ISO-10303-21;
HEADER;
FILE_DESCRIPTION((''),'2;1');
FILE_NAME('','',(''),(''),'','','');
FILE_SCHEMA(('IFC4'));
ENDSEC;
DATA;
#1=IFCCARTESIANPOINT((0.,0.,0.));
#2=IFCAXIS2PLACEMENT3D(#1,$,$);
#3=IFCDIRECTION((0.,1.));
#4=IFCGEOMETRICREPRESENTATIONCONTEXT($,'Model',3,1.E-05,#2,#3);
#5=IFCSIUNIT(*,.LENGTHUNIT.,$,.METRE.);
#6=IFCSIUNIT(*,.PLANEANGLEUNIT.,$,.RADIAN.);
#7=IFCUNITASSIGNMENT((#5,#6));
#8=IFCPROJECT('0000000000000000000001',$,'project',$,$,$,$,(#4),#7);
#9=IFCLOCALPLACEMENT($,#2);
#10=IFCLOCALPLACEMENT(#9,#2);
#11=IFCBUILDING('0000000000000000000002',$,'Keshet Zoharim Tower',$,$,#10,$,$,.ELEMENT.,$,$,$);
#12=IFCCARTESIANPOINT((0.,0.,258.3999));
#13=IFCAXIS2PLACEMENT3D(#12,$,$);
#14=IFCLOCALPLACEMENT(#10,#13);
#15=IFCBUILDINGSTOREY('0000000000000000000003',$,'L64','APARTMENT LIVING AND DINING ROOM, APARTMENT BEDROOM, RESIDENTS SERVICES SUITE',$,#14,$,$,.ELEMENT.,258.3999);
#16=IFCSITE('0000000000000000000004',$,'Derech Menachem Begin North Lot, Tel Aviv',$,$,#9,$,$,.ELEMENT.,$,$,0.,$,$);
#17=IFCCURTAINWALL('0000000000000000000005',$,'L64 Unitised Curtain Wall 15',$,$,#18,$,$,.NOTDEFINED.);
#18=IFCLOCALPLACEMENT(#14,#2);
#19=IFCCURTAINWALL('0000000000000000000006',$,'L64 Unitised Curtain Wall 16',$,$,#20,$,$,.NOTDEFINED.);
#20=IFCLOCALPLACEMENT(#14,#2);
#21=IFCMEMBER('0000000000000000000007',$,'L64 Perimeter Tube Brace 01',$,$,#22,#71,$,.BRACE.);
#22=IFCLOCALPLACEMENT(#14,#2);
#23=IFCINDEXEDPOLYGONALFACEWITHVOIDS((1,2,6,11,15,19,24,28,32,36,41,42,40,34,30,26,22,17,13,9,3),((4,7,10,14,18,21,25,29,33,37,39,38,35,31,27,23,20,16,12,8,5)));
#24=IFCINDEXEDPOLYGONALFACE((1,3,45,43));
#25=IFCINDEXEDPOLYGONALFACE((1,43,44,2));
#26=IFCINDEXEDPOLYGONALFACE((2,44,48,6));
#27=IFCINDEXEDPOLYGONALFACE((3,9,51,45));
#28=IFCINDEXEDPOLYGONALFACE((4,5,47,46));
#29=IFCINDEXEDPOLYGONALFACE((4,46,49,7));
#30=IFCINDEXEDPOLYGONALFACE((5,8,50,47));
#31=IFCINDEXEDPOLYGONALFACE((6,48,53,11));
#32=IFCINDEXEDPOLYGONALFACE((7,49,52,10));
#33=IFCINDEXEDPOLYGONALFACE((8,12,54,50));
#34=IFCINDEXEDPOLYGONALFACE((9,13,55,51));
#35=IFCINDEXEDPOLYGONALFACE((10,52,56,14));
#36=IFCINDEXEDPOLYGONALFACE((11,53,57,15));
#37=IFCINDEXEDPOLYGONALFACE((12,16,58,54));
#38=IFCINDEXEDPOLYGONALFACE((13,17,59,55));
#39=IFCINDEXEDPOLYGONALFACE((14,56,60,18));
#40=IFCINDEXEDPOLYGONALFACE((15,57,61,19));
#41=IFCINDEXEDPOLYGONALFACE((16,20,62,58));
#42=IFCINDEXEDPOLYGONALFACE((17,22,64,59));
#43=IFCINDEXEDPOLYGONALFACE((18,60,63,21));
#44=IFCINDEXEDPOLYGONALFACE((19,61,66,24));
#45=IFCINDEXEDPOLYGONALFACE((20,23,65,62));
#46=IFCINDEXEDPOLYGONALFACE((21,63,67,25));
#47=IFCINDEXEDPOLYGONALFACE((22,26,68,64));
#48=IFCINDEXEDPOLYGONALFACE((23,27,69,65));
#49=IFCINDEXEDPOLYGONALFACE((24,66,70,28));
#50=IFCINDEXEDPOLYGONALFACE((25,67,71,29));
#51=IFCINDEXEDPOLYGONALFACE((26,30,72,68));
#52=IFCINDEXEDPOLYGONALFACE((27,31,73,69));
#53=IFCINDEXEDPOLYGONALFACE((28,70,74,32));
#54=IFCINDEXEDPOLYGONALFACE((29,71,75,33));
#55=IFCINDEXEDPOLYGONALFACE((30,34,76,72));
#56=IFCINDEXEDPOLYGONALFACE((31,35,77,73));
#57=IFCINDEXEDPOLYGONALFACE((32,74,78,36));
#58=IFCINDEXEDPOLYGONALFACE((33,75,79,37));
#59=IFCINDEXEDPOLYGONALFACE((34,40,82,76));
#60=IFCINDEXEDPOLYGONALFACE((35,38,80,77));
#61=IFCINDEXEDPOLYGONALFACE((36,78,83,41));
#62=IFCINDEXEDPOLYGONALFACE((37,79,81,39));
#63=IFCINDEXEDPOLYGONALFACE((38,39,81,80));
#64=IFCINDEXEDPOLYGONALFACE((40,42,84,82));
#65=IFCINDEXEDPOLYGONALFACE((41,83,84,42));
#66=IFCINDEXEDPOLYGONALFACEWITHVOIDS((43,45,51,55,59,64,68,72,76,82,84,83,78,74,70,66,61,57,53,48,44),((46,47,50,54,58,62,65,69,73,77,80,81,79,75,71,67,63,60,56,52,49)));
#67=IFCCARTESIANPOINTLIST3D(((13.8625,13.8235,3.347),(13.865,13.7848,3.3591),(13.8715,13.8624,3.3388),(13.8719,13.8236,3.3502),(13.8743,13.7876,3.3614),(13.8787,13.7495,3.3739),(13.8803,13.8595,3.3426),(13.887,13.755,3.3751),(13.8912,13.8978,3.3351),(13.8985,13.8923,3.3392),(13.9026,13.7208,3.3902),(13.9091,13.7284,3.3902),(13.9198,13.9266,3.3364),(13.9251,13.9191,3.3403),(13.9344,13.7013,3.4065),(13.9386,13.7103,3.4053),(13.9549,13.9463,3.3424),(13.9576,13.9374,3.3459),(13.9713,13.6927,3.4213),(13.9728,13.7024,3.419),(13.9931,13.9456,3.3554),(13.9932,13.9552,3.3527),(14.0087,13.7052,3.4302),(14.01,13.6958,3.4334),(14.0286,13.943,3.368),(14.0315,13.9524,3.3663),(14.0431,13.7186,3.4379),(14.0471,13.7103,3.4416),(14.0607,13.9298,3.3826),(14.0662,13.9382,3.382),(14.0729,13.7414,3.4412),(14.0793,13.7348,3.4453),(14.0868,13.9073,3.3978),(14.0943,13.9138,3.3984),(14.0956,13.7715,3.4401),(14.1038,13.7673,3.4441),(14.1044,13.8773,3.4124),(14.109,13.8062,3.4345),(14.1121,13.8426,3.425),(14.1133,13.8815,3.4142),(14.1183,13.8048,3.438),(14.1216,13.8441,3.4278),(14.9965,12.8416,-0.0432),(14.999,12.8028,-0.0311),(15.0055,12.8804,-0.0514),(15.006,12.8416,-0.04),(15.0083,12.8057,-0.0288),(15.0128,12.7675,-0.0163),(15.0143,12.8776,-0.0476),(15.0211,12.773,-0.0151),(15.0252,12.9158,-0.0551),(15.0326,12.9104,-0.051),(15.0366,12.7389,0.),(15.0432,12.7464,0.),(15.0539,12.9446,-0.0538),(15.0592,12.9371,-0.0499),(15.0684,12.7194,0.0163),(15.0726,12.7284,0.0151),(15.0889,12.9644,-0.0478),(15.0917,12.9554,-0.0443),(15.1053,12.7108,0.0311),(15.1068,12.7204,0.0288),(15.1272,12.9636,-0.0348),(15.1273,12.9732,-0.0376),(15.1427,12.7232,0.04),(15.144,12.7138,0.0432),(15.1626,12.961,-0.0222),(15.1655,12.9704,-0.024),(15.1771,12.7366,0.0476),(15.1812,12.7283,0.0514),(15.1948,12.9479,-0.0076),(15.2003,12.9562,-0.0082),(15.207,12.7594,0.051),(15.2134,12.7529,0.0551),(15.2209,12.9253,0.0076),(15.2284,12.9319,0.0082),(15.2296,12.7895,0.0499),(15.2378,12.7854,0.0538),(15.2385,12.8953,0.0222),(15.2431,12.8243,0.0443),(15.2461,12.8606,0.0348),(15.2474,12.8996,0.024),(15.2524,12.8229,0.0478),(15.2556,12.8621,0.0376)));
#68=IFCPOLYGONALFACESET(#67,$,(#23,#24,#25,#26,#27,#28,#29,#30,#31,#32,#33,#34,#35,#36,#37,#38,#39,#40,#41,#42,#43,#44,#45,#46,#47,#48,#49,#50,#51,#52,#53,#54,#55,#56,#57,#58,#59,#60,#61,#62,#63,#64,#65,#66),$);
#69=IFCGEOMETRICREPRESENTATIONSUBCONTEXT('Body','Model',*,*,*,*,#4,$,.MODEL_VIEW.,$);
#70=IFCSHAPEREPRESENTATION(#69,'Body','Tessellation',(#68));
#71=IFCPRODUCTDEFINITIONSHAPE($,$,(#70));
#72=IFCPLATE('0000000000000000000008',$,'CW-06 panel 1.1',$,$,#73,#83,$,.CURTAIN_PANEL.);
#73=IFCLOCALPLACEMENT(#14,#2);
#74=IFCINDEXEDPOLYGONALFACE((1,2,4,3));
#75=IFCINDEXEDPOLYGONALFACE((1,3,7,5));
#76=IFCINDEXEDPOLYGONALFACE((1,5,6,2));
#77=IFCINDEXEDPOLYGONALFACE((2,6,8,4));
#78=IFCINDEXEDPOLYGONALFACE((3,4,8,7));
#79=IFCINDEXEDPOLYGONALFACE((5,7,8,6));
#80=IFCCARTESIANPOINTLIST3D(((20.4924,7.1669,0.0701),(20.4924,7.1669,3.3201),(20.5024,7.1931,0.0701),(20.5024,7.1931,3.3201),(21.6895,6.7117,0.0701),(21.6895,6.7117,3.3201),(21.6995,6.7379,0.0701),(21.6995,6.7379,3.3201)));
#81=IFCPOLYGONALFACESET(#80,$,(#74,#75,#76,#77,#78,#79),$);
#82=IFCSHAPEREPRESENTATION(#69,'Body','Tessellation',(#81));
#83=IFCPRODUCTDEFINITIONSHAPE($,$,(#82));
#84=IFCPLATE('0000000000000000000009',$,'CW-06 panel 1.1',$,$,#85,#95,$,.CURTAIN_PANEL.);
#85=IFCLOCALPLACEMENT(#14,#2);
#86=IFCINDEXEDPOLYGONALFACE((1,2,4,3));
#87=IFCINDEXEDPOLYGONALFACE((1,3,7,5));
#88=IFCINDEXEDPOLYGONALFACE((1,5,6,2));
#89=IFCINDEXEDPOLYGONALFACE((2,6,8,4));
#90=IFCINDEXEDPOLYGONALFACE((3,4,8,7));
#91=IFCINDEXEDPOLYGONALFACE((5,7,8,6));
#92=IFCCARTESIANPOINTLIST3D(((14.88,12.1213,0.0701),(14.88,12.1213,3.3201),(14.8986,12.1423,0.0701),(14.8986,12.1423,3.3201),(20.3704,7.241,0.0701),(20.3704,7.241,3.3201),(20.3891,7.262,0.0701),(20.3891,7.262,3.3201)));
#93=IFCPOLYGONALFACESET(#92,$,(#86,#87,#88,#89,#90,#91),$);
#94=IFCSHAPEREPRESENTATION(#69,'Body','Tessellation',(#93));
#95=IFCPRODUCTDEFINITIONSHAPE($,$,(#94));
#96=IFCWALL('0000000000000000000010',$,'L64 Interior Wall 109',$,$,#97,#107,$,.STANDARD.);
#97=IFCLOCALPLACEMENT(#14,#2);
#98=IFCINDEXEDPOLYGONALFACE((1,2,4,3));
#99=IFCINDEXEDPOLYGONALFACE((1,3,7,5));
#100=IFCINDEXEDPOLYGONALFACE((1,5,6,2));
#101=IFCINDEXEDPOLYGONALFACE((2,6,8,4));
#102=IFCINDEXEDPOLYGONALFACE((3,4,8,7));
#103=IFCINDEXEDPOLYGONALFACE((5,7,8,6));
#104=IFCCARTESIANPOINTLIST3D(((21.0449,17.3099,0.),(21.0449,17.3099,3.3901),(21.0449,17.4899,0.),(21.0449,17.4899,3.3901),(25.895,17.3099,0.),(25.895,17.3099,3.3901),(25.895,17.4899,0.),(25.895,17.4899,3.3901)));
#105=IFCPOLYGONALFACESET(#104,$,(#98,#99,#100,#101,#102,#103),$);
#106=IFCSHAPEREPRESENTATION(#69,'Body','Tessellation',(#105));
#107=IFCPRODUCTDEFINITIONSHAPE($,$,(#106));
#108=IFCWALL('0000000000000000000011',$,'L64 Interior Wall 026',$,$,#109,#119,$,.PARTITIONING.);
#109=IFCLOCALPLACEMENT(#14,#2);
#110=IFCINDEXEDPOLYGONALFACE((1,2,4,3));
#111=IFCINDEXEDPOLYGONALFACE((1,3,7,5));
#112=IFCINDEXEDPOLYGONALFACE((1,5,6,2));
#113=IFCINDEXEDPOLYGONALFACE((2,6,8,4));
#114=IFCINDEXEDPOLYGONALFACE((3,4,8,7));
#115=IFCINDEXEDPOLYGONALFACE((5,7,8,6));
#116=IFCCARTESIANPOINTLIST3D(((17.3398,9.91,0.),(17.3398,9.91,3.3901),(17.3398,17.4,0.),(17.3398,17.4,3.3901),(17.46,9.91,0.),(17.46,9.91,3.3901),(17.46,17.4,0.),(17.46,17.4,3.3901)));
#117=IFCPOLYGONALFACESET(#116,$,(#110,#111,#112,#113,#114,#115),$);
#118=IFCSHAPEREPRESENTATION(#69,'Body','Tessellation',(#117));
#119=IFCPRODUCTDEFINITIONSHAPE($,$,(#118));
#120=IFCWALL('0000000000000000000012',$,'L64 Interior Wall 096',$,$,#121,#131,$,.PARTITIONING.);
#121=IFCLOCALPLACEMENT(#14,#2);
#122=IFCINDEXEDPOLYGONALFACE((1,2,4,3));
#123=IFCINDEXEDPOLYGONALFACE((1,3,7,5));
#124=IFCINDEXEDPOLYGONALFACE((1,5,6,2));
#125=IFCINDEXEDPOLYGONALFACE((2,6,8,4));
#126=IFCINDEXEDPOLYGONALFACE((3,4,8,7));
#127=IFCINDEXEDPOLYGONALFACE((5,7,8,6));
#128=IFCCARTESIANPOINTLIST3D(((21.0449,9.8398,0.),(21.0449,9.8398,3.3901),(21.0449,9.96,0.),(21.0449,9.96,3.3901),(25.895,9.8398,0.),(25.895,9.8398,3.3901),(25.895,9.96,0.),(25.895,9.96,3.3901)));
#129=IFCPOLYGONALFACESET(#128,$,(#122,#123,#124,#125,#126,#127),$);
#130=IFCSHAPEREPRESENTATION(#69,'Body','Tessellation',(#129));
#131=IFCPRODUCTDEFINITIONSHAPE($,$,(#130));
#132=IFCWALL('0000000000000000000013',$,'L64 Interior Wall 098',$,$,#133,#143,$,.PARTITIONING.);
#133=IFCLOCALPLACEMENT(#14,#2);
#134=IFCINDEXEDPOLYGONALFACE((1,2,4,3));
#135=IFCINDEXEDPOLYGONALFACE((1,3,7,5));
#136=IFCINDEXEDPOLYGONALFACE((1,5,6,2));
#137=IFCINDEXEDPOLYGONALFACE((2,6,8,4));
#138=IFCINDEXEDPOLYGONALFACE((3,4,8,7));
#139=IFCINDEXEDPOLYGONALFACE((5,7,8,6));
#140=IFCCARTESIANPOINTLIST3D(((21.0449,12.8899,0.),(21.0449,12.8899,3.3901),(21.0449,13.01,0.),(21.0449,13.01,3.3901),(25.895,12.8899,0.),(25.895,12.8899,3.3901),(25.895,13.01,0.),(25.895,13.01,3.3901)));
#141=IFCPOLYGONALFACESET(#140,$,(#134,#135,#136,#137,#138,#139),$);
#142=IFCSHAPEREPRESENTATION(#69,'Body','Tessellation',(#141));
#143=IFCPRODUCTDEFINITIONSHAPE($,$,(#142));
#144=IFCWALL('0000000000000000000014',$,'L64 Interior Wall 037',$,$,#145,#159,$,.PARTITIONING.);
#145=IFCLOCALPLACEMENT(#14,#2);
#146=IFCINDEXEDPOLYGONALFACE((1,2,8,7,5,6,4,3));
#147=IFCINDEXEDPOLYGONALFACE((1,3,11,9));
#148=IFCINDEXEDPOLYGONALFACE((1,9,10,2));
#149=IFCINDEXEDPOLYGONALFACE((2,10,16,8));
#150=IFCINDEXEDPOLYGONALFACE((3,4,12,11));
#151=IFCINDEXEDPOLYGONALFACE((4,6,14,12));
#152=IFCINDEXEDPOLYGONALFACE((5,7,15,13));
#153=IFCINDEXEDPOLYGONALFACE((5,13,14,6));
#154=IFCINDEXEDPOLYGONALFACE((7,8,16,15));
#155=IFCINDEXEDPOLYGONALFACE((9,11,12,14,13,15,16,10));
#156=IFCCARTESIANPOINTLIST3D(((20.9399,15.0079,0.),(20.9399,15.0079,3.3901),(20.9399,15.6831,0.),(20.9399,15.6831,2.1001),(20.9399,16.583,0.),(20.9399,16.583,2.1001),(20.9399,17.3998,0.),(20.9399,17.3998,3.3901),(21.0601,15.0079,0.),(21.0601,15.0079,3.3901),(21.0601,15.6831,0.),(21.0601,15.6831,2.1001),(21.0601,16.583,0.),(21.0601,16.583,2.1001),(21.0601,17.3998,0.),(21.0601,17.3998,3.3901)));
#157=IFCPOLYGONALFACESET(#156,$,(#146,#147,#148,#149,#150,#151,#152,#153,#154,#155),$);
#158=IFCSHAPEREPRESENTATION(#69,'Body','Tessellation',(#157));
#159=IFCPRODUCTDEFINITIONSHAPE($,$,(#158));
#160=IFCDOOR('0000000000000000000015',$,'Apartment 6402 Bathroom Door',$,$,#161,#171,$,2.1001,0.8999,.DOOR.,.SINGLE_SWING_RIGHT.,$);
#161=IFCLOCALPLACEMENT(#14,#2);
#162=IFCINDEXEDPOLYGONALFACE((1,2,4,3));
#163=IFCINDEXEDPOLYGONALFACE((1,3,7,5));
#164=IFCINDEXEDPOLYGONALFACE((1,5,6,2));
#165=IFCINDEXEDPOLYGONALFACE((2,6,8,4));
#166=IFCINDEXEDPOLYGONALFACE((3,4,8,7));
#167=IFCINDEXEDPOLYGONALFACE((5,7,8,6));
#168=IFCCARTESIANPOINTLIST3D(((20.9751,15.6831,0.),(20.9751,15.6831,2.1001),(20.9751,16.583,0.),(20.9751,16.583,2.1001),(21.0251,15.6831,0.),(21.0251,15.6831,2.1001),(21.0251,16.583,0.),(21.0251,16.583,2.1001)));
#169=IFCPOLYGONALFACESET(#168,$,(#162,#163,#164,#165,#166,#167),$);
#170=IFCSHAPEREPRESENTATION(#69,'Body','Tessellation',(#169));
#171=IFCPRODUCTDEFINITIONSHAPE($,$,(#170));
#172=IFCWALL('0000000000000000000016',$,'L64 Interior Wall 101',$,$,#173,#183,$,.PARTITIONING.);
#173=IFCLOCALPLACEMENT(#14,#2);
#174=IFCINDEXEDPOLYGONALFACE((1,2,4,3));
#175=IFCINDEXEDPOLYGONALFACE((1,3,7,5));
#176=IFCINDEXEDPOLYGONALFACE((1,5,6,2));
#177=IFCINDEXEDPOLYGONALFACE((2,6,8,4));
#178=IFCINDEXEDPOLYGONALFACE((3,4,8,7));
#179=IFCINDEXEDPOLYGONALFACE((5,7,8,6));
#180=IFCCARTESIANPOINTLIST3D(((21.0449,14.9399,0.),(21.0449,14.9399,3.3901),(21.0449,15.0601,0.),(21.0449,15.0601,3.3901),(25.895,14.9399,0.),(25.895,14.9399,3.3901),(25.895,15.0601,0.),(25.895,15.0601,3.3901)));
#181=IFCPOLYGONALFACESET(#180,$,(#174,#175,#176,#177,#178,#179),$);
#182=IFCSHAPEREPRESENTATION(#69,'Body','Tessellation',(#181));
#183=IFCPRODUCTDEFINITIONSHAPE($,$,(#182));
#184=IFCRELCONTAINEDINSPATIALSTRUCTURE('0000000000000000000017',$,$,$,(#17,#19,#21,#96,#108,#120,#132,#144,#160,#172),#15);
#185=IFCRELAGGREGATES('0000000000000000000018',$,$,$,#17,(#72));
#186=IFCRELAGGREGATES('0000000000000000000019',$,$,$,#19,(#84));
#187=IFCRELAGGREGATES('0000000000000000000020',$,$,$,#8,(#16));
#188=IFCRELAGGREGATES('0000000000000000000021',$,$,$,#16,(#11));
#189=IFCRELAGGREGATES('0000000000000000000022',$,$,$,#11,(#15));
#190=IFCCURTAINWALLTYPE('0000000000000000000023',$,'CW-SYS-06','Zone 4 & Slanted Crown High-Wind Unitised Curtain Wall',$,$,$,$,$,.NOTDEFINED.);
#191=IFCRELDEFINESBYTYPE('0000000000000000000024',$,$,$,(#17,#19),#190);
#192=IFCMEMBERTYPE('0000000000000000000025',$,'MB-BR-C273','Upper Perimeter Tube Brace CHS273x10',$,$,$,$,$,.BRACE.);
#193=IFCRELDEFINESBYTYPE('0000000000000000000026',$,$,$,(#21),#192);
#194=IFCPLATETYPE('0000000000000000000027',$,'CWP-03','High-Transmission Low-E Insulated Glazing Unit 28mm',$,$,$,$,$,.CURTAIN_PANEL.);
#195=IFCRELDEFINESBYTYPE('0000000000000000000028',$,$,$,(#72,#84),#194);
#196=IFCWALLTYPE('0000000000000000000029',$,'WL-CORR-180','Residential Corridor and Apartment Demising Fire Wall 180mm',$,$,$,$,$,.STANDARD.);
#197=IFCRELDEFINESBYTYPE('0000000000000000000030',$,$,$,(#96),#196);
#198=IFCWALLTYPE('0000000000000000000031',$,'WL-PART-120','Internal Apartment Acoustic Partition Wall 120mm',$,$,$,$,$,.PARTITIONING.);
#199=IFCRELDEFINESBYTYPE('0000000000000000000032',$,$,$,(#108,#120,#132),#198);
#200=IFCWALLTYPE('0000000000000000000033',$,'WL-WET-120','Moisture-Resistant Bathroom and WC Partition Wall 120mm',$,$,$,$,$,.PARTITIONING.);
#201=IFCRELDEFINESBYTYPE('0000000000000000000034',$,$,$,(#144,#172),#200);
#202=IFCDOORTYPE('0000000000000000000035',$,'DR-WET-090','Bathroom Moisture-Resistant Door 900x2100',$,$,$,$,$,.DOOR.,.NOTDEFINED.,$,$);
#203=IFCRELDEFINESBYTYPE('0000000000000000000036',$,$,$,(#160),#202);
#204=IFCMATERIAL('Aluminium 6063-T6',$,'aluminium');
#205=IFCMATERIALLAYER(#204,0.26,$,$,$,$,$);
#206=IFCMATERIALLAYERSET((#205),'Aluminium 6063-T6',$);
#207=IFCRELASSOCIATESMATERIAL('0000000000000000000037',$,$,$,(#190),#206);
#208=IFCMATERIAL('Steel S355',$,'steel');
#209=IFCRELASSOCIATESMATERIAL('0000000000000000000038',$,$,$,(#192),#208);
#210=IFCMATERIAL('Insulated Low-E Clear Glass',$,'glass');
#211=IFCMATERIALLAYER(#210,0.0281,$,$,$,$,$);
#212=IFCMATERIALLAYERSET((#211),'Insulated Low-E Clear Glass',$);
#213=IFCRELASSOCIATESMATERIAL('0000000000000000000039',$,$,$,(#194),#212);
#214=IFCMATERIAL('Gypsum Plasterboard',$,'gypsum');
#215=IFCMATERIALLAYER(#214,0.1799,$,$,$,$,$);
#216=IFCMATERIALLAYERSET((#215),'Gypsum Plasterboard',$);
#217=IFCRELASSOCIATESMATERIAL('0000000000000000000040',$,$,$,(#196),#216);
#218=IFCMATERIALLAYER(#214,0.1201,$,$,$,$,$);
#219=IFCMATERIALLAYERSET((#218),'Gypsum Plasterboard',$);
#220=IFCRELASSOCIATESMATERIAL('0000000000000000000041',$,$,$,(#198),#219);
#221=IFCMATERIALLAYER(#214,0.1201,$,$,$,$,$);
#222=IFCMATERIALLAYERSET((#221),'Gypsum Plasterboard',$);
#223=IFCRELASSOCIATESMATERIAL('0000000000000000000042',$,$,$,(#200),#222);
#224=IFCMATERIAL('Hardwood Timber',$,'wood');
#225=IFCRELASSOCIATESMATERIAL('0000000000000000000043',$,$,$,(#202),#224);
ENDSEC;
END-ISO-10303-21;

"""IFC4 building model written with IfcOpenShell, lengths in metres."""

from ifc_helpers import new_model, si_unit, direction, frame, frame_2d, origin, origin_2d, place, context, subcontext, project, spatial, rectangle, hollow_circle, extrude, material, layer, layer_set, material_profile, profile_set, type_object, element, fill, aggregate, save


model = new_model("IFC4")

# Units and contexts
model_context = context("Model", 3, precision=1e-05, world=origin(), true_north=direction((0.0, 1.0)))
body_context = subcontext(model_context, "Body", "Model", "MODEL_VIEW")
ifc_project = project(units=[si_unit("LENGTHUNIT", "METRE"), si_unit("PLANEANGLEUNIT", "RADIAN")], contexts=[model_context])

# Site, building, storey
site_placement = place(None, origin())
site = spatial("IfcSite", under=ifc_project, at=site_placement, Name="Derech Menachem Begin North Lot, Tel Aviv", CompositionType="ELEMENT", RefElevation=0.0)
building_placement = place(site_placement, origin())
building = spatial("IfcBuilding", under=site, at=building_placement, Name="Keshet Zoharim Tower", CompositionType="ELEMENT")
storey_placement = place(building_placement, frame((0.0, 0.0, 258.3999)))
storey = spatial("IfcBuildingStorey", under=building, at=storey_placement, Name="L64", Description="APARTMENT LIVING AND DINING ROOM, APARTMENT BEDROOM, RESIDENTS SERVICES SUITE", CompositionType="ELEMENT", Elevation=258.3999)

# Shared definitions
ifc_material_1 = material(Name="Steel S355", Category="steel")

# Shared definitions
ifc_material_2 = material(Name="Aluminium 6063-T6", Category="aluminium")
ifc_layer_1 = layer(ifc_material_2, 0.26)
ifc_layer_set_1 = layer_set([ifc_layer_1], Name="Aluminium 6063-T6")
curtain_wall_type = type_object("IfcCurtainWallType", Name="CW-SYS-06", Description="Zone 4 & Slanted Crown High-Wind Unitised Curtain Wall", PredefinedType="NOTDEFINED", material=ifc_layer_set_1)

# Curtain wall
curtain_wall_1_placement = place(storey_placement, origin())
curtain_wall_1 = element("IfcCurtainWall", 1, at=curtain_wall_1_placement, inside=storey, type_object=curtain_wall_type, Name="L64 Unitised Curtain Wall 15", PredefinedType="NOTDEFINED")

# Curtain wall
curtain_wall_2_placement = place(storey_placement, origin())
curtain_wall_2 = element("IfcCurtainWall", 2, at=curtain_wall_2_placement, inside=storey, type_object=curtain_wall_type, Name="L64 Unitised Curtain Wall 16", PredefinedType="NOTDEFINED")

# Member
ifc_material_profile_1 = material_profile(ifc_material_1, hollow_circle(Radius=0.1365, WallThickness=0.01, at=origin_2d()), Name="CHS273x10")
ifc_profile_set_1 = profile_set([ifc_material_profile_1], Name="Steel S355")
member_type_1 = type_object("IfcMemberType", Name="MB-BR-C273", Description="Upper Perimeter Tube Brace CHS273x10", PredefinedType="BRACE", material=ifc_profile_set_1)
member_1_placement = place(storey_placement, frame((15.126, 12.842, 0.0), z_axis=(-0.305901, 0.264873, 0.914476), x_axis=(-0.65459, -0.755984, 0.0)))
element("IfcMember", 3, at=member_1_placement, inside=storey, type_object=member_type_1, Name="L64 Perimeter Tube Brace 01", PredefinedType="BRACE", context=body_context, shape_type="SweptSolid", body=[
    extrude(hollow_circle(Radius=0.1365, WallThickness=0.01, at=origin_2d()), origin(), (0.0, 0.0, 1.0), 3.7073),
])

# Plates
ifc_material_3 = material(Name="Insulated Low-E Clear Glass", Category="glass")
ifc_layer_2 = layer(ifc_material_3, 0.0281)
ifc_layer_set_2 = layer_set([ifc_layer_2], Name="Insulated Low-E Clear Glass")
plate_type = type_object("IfcPlateType", Name="CWP-03", Description="High-Transmission Low-E Insulated Glazing Unit 28mm", PredefinedType="CURTAIN_PANEL", material=ifc_layer_set_2)
plate_1_placement = place(storey_placement, frame((21.0959, 6.9524, 0.0701), z_axis=(0.0, 0.0, 1.0), x_axis=(-0.934699, 0.355439, 0.0)))
plate_1 = element("IfcPlate", 4, at=plate_1_placement, type_object=plate_type, Name="CW-06 panel 1.1", PredefinedType="CURTAIN_PANEL", context=body_context, shape_type="SweptSolid", body=[
    extrude(rectangle(XDim=1.2808, YDim=0.0281, at=origin_2d()), origin(), (0.0, 0.0, 1.0), 3.25),
])
aggregate(curtain_wall_1, [plate_1])
plate_2_placement = place(storey_placement, frame((17.6345, 9.6917, 0.0701), z_axis=(0.0, 0.0, 1.0), x_axis=(-0.747411, 0.664362, 0.0)))
plate_2 = element("IfcPlate", 5, at=plate_2_placement, type_object=plate_type, Name="CW-06 panel 1.1", PredefinedType="CURTAIN_PANEL", context=body_context, shape_type="SweptSolid", body=[
    extrude(rectangle(XDim=7.3459, YDim=0.0281, at=origin_2d()), origin(), (0.0, 0.0, 1.0), 3.25),
])
aggregate(curtain_wall_2, [plate_2])

# Shared definitions
ifc_material_4 = material(Name="Gypsum Plasterboard", Category="gypsum")
ifc_layer_3 = layer(ifc_material_4, 0.1799)
ifc_layer_set_3 = layer_set([ifc_layer_3], Name="Gypsum Plasterboard")
wall_type_1 = type_object("IfcWallType", Name="WL-CORR-180", Description="Residential Corridor and Apartment Demising Fire Wall 180mm", PredefinedType="STANDARD", material=ifc_layer_set_3)
ifc_material_5 = material(Name="Hardwood Timber", Category="wood")

# Walls
wall_1_placement = place(storey_placement, frame((21.0449, 17.3999, 0.0), z_axis=(0.0, 0.0, 1.0), x_axis=(1.0, 0.0, 0.0)))
element("IfcWall", 6, at=wall_1_placement, inside=storey, type_object=wall_type_1, Name="L64 Interior Wall 109", PredefinedType="STANDARD", context=body_context, shape_type="SweptSolid", body=[
    extrude(rectangle(XDim=4.8501, YDim=0.1799, at=frame_2d((2.425, 0.0))), origin(), (0.0, 0.0, 1.0), 3.3901),
])
ifc_layer_4 = layer(ifc_material_4, 0.1201)
ifc_layer_set_4 = layer_set([ifc_layer_4], Name="Gypsum Plasterboard")
wall_type_2 = type_object("IfcWallType", Name="WL-PART-120", Description="Internal Apartment Acoustic Partition Wall 120mm", PredefinedType="PARTITIONING", material=ifc_layer_set_4)
wall_2_placement = place(storey_placement, frame((17.3999, 9.9099, 0.0), z_axis=(0.0, 0.0, 1.0), x_axis=(0.0, 1.0, 0.0)))
element("IfcWall", 7, at=wall_2_placement, inside=storey, type_object=wall_type_2, Name="L64 Interior Wall 026", PredefinedType="PARTITIONING", context=body_context, shape_type="SweptSolid", body=[
    extrude(rectangle(XDim=7.49, YDim=0.1201, at=frame_2d((3.7451, 0.0))), origin(), (0.0, 0.0, 1.0), 3.3901),
])

# Walls
for number, where, z_axis, x_axis, name in (
    (8, (21.0449, 9.8999, 0.0), (0.0, 0.0, 1.0), (1.0, 0.0, 0.0), "L64 Interior Wall 096"),
    (9, (21.0449, 12.95, 0.0), (0.0, 0.0, 1.0), (1.0, 0.0, 0.0), "L64 Interior Wall 098"),
):
    element("IfcWall", number, at=place(storey_placement, frame(where, z_axis=z_axis, x_axis=x_axis)), inside=storey, type_object=wall_type_2, Name=name, PredefinedType="PARTITIONING", context=body_context, shape_type="SweptSolid", body=[
        extrude(rectangle(XDim=4.8501, YDim=0.1201, at=frame_2d((2.425, 0.0))), origin(), (0.0, 0.0, 1.0), 3.3901),
    ])

# Wall, opening, door
ifc_layer_5 = layer(ifc_material_4, 0.1201)
ifc_layer_set_5 = layer_set([ifc_layer_5], Name="Gypsum Plasterboard")
wall_type_3 = type_object("IfcWallType", Name="WL-WET-120", Description="Moisture-Resistant Bathroom and WC Partition Wall 120mm", PredefinedType="PARTITIONING", material=ifc_layer_set_5)
wall_3_placement = place(storey_placement, frame((21.0, 15.0081, 0.0), z_axis=(0.0, 0.0, 1.0), x_axis=(0.0, 1.0, 0.0)))
wall_3 = element("IfcWall", 10, at=wall_3_placement, inside=storey, type_object=wall_type_3, Name="L64 Interior Wall 037", PredefinedType="PARTITIONING", context=body_context, shape_type="SweptSolid", body=[
    extrude(rectangle(XDim=2.3918, YDim=0.1201, at=frame_2d((1.1958, 0.0))), origin(), (0.0, 0.0, 1.0), 3.3901),
])
opening_1_placement = place(wall_3_placement, frame((0.675, 0.0, 0.0)))
opening_1 = element("IfcOpeningElement", 11, at=opening_1_placement, cuts=wall_3, PredefinedType="OPENING", context=body_context, shape_type="SweptSolid", body=[
    extrude(rectangle(XDim=0.8999, YDim=2.1001, at=frame_2d((0.45, 1.05))), frame((0.0, 0.0701, 0.0), z_axis=(0.0, -1.0, 0.0), x_axis=(1.0, 0.0, 0.0)), (0.0, 0.0, 1.0), 0.1401),
])
door_type_1 = type_object("IfcDoorType", Name="DR-WET-090", Description="Bathroom Moisture-Resistant Door 900x2100", OperationType="NOTDEFINED", PredefinedType="DOOR", material=ifc_material_5)
door_1_placement = place(opening_1_placement, origin())
door_1 = element("IfcDoor", 12, at=door_1_placement, inside=storey, type_object=door_type_1, Name="Apartment 6402 Bathroom Door", OperationType="SINGLE_SWING_RIGHT", OverallHeight=2.1001, OverallWidth=0.8999, PredefinedType="DOOR", context=body_context, shape_type="SweptSolid", body=[
    extrude(rectangle(XDim=0.8999, YDim=2.1001, at=frame_2d((0.45, 1.05))), frame((0.0, 0.0249, 0.0), z_axis=(0.0, -1.0, 0.0), x_axis=(1.0, 0.0, 0.0)), (0.0, 0.0, 1.0), 0.05),
])
fill(opening_1, door_1)

# Wall
wall_4_placement = place(storey_placement, frame((21.0449, 15.0, 0.0), z_axis=(0.0, 0.0, 1.0), x_axis=(1.0, 0.0, 0.0)))
element("IfcWall", 13, at=wall_4_placement, inside=storey, type_object=wall_type_3, Name="L64 Interior Wall 101", PredefinedType="PARTITIONING", context=body_context, shape_type="SweptSolid", body=[
    extrude(rectangle(XDim=4.8501, YDim=0.1201, at=frame_2d((2.425, 0.0))), origin(), (0.0, 0.0, 1.0), 3.3901),
])

save(model, "model.ifc")
